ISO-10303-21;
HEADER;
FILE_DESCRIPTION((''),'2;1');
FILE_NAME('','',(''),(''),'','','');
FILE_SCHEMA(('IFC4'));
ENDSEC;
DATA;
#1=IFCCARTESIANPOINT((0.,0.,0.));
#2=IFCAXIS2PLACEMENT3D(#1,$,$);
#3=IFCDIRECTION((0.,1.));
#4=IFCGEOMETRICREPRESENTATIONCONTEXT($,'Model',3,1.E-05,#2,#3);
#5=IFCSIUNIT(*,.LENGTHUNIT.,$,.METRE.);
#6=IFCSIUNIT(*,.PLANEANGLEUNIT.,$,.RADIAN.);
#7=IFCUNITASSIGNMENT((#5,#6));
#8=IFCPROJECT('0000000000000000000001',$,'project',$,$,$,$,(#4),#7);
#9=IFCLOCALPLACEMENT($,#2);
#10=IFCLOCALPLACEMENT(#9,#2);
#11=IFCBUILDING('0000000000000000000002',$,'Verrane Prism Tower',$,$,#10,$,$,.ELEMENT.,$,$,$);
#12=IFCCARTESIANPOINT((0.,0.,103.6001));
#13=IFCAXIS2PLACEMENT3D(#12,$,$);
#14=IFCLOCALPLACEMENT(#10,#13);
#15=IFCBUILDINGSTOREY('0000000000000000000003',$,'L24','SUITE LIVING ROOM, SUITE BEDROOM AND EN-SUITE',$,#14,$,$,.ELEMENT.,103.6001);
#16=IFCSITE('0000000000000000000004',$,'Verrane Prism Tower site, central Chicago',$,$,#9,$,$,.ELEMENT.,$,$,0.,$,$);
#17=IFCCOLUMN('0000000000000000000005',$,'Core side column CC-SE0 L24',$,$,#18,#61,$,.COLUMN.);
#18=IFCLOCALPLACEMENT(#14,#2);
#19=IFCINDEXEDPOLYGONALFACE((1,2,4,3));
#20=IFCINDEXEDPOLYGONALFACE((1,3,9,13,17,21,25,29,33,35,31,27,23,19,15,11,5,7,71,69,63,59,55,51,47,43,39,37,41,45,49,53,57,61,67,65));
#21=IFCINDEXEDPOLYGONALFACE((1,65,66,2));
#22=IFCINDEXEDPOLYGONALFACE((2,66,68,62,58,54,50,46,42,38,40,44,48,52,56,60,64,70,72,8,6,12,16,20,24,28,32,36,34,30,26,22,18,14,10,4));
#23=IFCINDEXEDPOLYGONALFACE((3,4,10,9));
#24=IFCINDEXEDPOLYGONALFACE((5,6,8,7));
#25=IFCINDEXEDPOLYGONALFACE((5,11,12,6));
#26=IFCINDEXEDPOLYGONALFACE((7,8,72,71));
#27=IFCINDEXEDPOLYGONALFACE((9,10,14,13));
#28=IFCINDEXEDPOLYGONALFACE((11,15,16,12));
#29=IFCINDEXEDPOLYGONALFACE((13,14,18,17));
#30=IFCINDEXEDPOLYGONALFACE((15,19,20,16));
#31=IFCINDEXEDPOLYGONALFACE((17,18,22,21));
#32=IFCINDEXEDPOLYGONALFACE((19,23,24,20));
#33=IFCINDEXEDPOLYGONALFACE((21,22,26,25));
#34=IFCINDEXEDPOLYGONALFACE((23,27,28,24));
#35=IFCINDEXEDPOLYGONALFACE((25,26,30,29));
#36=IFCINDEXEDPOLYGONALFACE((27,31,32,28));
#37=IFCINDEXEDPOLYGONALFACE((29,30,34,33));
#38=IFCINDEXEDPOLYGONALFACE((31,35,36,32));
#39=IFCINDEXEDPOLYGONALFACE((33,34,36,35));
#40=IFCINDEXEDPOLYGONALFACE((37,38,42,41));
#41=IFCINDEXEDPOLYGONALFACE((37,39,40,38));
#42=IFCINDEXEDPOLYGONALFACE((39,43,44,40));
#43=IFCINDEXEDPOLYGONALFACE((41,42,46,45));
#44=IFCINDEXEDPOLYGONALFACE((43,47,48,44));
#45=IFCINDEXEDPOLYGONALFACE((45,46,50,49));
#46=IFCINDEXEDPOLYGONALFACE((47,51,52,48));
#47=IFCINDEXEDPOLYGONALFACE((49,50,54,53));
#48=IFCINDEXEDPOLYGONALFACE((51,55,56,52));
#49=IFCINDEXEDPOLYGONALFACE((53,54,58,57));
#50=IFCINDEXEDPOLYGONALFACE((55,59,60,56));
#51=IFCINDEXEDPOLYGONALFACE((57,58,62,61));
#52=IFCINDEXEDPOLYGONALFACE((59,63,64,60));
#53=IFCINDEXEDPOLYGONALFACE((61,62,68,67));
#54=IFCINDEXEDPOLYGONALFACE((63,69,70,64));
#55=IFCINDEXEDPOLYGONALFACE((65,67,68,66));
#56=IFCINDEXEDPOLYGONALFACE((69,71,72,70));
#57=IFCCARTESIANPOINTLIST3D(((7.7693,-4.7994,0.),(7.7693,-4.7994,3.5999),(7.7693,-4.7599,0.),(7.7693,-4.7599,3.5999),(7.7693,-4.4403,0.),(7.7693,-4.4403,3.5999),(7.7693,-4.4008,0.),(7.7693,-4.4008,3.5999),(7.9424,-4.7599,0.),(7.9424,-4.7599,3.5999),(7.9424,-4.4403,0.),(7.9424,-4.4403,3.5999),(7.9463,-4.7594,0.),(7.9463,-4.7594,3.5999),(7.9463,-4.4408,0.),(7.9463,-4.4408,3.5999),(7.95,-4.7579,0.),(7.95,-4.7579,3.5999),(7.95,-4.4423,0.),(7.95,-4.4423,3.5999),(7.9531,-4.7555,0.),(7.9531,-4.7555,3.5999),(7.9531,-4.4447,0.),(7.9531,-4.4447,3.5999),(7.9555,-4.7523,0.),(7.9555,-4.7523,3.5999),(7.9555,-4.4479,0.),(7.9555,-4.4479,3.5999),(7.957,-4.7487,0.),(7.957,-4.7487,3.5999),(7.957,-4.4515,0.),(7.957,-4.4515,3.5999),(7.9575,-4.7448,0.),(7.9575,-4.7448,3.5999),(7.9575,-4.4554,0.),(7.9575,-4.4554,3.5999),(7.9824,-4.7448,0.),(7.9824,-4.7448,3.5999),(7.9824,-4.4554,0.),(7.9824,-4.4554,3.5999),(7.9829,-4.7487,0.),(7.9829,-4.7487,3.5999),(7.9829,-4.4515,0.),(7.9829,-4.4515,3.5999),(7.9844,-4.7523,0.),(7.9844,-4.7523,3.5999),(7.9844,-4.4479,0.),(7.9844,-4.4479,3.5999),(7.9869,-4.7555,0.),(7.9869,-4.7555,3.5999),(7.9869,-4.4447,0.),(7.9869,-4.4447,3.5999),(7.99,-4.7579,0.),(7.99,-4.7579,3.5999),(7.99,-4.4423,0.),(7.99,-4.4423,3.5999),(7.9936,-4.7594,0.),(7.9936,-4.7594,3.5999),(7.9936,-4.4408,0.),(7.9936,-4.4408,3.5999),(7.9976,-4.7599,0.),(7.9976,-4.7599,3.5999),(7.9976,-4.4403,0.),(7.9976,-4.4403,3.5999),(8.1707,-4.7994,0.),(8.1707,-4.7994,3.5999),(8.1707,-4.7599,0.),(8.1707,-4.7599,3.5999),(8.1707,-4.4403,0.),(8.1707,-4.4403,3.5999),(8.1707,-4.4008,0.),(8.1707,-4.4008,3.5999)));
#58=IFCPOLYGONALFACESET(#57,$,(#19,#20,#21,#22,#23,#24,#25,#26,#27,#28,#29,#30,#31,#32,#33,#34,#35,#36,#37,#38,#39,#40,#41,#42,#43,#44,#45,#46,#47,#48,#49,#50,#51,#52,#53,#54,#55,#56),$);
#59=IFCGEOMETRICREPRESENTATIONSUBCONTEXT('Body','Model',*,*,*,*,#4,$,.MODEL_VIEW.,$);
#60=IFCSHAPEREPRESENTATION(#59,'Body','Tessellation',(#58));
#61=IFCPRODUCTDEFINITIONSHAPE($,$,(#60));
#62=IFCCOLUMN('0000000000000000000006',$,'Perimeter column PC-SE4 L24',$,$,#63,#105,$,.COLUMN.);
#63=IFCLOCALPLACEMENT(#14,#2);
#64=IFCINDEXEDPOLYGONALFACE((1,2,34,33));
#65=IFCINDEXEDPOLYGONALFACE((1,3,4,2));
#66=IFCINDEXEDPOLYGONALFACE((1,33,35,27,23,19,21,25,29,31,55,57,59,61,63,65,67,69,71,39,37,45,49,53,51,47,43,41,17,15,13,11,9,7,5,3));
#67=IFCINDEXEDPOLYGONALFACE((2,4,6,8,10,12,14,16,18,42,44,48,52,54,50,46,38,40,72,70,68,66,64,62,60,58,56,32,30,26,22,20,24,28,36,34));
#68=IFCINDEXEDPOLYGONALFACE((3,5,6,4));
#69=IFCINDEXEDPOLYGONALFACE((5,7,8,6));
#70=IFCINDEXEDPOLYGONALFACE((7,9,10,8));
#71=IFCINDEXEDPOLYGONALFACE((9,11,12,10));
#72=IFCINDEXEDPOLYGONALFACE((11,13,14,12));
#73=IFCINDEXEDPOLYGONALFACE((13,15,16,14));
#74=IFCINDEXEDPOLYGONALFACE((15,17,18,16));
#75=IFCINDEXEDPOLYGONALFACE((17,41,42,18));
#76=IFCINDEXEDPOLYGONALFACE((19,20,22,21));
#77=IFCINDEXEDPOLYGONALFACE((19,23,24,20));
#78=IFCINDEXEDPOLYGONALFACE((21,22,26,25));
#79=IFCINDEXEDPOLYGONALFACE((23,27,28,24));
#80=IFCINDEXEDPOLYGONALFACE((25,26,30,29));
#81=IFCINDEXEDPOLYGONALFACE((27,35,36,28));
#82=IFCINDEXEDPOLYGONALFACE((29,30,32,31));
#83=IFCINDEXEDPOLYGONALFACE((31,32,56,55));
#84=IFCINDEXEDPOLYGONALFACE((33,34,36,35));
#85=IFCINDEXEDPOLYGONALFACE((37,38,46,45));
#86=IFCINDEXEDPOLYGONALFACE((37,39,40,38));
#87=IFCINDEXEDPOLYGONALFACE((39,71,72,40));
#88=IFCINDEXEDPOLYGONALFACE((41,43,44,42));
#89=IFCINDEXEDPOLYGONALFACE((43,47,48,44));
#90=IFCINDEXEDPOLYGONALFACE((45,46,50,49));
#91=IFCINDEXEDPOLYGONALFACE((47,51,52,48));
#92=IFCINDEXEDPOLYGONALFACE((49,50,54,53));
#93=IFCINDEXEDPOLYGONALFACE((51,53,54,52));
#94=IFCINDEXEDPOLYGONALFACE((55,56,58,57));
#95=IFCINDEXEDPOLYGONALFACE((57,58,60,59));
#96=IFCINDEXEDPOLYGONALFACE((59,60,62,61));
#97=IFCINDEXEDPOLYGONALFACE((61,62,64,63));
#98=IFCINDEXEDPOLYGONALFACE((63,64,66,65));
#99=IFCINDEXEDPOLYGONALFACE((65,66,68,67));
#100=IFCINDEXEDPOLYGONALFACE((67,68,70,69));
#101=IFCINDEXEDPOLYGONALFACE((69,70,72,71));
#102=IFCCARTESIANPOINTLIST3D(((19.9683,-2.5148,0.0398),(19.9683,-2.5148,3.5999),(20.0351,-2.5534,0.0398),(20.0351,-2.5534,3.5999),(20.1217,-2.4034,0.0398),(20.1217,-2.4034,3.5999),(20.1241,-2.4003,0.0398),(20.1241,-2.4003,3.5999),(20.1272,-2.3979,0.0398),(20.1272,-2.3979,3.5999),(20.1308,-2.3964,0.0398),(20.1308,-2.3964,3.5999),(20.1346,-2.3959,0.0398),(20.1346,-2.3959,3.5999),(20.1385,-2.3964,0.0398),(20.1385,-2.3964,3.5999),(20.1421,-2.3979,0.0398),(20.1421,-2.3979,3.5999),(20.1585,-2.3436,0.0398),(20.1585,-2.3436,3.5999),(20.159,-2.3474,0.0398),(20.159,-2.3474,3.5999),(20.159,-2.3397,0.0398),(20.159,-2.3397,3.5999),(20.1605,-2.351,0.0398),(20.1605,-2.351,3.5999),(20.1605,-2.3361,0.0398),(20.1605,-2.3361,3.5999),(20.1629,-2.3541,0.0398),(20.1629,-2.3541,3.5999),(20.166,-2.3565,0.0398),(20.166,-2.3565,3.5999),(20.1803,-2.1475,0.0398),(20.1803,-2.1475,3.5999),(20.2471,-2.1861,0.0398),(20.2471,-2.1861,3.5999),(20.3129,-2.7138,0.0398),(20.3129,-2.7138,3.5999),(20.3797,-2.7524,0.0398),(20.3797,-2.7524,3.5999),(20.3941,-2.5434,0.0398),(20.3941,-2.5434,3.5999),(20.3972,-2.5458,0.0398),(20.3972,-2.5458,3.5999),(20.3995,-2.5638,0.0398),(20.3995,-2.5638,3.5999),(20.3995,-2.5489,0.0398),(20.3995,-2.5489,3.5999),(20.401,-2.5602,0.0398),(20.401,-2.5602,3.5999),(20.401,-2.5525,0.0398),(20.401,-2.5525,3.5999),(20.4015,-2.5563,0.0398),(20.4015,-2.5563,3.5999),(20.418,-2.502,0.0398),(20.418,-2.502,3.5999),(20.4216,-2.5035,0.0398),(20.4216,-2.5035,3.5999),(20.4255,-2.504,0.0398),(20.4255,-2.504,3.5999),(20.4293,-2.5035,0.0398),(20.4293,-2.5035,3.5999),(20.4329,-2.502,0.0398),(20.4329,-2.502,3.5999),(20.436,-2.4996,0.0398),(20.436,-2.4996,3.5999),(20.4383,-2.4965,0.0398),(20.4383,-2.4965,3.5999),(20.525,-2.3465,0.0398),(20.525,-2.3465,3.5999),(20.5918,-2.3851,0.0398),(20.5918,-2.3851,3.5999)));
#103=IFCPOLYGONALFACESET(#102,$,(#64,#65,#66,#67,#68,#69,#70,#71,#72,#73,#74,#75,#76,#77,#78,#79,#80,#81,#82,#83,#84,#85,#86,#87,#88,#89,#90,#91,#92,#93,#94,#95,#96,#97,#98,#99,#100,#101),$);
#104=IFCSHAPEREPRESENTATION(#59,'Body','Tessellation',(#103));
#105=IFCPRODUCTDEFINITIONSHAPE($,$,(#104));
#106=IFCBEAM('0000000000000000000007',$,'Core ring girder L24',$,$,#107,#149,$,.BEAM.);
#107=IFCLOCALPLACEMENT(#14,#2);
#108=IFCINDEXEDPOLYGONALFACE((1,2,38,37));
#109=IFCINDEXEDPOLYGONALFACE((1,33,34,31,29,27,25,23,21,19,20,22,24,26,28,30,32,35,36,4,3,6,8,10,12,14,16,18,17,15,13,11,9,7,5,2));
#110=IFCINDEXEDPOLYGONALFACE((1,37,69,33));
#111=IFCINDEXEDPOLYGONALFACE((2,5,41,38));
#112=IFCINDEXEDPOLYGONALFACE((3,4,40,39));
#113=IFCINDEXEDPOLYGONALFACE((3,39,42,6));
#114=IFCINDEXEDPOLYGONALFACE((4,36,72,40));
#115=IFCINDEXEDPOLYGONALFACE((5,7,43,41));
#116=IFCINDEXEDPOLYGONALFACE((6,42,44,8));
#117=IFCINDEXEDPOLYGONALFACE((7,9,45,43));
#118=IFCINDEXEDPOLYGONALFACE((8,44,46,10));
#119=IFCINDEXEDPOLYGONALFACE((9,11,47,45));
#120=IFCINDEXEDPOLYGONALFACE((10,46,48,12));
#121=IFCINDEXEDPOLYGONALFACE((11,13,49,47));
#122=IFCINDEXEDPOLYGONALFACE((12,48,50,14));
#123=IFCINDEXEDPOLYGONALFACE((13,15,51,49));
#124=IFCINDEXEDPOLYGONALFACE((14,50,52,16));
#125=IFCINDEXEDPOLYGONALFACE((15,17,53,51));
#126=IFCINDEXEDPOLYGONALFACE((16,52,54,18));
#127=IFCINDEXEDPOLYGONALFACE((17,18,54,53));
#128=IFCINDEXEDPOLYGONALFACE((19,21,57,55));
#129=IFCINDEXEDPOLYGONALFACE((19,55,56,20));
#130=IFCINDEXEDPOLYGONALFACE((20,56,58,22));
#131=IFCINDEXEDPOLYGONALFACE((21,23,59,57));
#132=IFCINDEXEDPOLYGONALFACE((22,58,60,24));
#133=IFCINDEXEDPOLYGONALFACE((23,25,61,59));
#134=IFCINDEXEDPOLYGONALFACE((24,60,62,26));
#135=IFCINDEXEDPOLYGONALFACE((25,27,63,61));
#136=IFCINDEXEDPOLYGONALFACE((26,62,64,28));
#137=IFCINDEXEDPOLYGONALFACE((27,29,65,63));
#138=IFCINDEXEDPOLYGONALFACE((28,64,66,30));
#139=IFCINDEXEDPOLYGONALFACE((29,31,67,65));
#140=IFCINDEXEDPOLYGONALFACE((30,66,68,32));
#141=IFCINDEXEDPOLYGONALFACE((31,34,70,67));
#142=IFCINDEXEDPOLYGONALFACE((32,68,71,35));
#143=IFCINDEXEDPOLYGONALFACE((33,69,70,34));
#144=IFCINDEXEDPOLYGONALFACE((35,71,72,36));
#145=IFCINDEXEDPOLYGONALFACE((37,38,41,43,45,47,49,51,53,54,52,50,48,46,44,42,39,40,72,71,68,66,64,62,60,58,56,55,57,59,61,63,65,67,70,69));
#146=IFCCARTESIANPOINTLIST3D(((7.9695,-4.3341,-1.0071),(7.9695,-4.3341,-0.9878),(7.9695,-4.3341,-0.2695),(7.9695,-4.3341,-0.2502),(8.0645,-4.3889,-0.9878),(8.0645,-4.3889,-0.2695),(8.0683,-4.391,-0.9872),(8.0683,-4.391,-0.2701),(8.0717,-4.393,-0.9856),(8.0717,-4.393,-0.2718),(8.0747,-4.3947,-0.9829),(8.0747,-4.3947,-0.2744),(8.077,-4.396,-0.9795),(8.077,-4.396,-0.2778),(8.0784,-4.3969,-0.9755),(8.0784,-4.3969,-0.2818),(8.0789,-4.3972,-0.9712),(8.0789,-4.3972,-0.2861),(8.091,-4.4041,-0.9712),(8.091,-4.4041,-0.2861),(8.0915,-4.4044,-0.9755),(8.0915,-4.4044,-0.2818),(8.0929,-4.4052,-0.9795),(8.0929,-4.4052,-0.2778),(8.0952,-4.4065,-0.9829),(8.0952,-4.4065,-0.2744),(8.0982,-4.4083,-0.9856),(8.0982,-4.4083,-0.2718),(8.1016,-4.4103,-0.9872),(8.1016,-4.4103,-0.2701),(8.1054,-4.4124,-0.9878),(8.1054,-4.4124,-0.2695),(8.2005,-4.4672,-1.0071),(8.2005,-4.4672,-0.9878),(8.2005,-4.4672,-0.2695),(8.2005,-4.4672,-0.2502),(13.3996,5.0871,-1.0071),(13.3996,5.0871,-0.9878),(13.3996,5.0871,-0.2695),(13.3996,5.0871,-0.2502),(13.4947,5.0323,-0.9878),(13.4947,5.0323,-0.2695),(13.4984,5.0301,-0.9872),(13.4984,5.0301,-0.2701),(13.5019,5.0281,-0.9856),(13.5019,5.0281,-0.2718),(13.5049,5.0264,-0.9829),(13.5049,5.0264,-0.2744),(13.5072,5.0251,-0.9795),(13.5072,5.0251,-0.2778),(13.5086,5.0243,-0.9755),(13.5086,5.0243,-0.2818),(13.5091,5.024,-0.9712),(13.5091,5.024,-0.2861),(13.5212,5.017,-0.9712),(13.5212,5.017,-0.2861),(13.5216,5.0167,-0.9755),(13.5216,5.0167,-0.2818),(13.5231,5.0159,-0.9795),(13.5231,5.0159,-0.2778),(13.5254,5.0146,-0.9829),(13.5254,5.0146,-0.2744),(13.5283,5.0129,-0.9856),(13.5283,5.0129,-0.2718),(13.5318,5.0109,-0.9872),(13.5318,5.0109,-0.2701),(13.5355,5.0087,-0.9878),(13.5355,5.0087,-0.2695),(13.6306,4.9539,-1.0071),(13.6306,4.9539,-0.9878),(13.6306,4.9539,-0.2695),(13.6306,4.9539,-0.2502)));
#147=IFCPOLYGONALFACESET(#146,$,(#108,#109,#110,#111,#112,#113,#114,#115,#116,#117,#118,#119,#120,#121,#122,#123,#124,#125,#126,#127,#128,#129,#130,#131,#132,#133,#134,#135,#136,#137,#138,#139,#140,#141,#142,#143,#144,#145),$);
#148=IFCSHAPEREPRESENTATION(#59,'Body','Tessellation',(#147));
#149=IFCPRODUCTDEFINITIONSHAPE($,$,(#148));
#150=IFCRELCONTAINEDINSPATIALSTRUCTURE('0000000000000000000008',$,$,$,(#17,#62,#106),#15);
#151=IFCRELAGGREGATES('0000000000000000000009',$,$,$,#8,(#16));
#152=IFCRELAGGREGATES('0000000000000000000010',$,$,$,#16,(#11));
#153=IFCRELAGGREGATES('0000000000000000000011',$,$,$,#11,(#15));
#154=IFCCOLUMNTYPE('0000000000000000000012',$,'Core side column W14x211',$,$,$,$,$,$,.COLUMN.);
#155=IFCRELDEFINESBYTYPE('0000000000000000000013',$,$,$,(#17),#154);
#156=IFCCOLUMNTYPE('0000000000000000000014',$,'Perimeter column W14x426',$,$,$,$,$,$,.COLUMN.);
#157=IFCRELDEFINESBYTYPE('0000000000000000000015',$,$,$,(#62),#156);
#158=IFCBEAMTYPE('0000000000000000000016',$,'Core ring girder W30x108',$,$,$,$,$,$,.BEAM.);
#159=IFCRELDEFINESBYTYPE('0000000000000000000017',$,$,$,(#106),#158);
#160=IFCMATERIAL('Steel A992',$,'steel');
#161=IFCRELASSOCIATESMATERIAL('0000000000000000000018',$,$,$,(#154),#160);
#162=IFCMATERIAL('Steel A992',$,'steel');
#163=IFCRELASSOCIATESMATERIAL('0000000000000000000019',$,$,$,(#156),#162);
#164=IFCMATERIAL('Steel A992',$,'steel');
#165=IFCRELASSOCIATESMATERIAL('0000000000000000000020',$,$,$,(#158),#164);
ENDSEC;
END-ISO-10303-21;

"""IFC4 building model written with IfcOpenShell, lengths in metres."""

from ifc_helpers import new_model, si_unit, direction, frame, origin, origin_2d, place, context, subcontext, project, spatial, i_section, extrude, material, material_profile, profile_set, type_object, element, save


model = new_model("IFC4")

# Units and contexts
model_context = context("Model", 3, precision=1e-05, world=origin(), true_north=direction((0.0, 1.0)))
body_context = subcontext(model_context, "Body", "Model", "MODEL_VIEW")
ifc_project = project(units=[si_unit("LENGTHUNIT", "METRE"), si_unit("PLANEANGLEUNIT", "RADIAN")], contexts=[model_context])

# Site, building, storey
site_placement = place(None, origin())
site = spatial("IfcSite", under=ifc_project, at=site_placement, Name="Verrane Prism Tower site, central Chicago", CompositionType="ELEMENT", RefElevation=0.0)
building_placement = place(site_placement, origin())
building = spatial("IfcBuilding", under=site, at=building_placement, Name="Verrane Prism Tower", CompositionType="ELEMENT")
storey_placement = place(building_placement, frame((0.0, 0.0, 103.6001)))
storey = spatial("IfcBuildingStorey", under=building, at=storey_placement, Name="L24", Description="SUITE LIVING ROOM, SUITE BEDROOM AND EN-SUITE", CompositionType="ELEMENT", Elevation=103.6001)

# Columns
ifc_material_1 = material(Name="Steel A992", Category="steel")
ifc_material_profile_1 = material_profile(ifc_material_1, i_section(OverallWidth=0.4014, OverallDepth=0.3987, WebThickness=0.0249, FlangeThickness=0.0396, FilletRadius=0.0151, at=origin_2d()), Name="W14x211")
ifc_profile_set_1 = profile_set([ifc_material_profile_1], Name="Steel A992")
column_type_1 = type_object("IfcColumnType", Name="Core side column W14x211", PredefinedType="COLUMN", material=ifc_profile_set_1)
column_1_placement = place(storey_placement, frame((7.97, -4.6001, 0.0), z_axis=(0.0, 0.0, 1.0), x_axis=(1.0, 0.0, 0.0)))
element("IfcColumn", 1, at=column_1_placement, inside=storey, type_object=column_type_1, Name="Core side column CC-SE0 L24", PredefinedType="COLUMN", context=body_context, shape_type="SweptSolid", body=[
    extrude(i_section(OverallWidth=0.4014, OverallDepth=0.3987, WebThickness=0.0249, FlangeThickness=0.0396, FilletRadius=0.0151, at=origin_2d()), origin(), (0.0, 0.0, 1.0), 3.5999),
])
ifc_material_2 = material(Name="Steel A992", Category="steel")
ifc_material_profile_2 = material_profile(ifc_material_2, i_section(OverallWidth=0.4241, OverallDepth=0.4751, WebThickness=0.0479, FlangeThickness=0.0771, FilletRadius=0.0149, at=origin_2d()), Name="W14x426")
ifc_profile_set_2 = profile_set([ifc_material_profile_2], Name="Steel A992")
column_type_2 = type_object("IfcColumnType", Name="Perimeter column W14x426", PredefinedType="COLUMN", material=ifc_profile_set_2)
column_2_placement = place(storey_placement, frame((20.28, -2.45, 0.0398), z_axis=(0.0, 0.0, 1.0), x_axis=(-0.5, -0.866025, 0.0)))
element("IfcColumn", 2, at=column_2_placement, inside=storey, type_object=column_type_2, Name="Perimeter column PC-SE4 L24", PredefinedType="COLUMN", context=body_context, shape_type="SweptSolid", body=[
    extrude(i_section(OverallWidth=0.4241, OverallDepth=0.4751, WebThickness=0.0479, FlangeThickness=0.0771, FilletRadius=0.0149, at=origin_2d()), origin(), (0.0, 0.0, 1.0), 3.5601),
])

# Beam
ifc_material_3 = material(Name="Steel A992", Category="steel")
ifc_material_profile_3 = material_profile(ifc_material_3, i_section(OverallWidth=0.2666, OverallDepth=0.7568, WebThickness=0.0139, FlangeThickness=0.0193, FilletRadius=0.0166, at=origin_2d()), Name="W30x108")
ifc_profile_set_3 = profile_set([ifc_material_profile_3], Name="Steel A992")
beam_type_1 = type_object("IfcBeamType", Name="Core ring girder W30x108", PredefinedType="BEAM", material=ifc_profile_set_3)
beam_1_placement = place(storey_placement, frame((8.085, -4.4006, -0.6287), z_axis=(0.499371, 0.866388, 0.0), x_axis=(-0.866388, 0.499371, 0.0)))
element("IfcBeam", 3, at=beam_1_placement, inside=storey, type_object=beam_type_1, Name="Core ring girder L24", PredefinedType="BEAM", context=body_context, shape_type="SweptSolid", body=[
    extrude(i_section(OverallWidth=0.2666, OverallDepth=0.7568, WebThickness=0.0139, FlangeThickness=0.0193, FilletRadius=0.0166, at=origin_2d()), origin(), (0.0, 0.0, 1.0), 10.874),
])

save(model, "model.ifc")
